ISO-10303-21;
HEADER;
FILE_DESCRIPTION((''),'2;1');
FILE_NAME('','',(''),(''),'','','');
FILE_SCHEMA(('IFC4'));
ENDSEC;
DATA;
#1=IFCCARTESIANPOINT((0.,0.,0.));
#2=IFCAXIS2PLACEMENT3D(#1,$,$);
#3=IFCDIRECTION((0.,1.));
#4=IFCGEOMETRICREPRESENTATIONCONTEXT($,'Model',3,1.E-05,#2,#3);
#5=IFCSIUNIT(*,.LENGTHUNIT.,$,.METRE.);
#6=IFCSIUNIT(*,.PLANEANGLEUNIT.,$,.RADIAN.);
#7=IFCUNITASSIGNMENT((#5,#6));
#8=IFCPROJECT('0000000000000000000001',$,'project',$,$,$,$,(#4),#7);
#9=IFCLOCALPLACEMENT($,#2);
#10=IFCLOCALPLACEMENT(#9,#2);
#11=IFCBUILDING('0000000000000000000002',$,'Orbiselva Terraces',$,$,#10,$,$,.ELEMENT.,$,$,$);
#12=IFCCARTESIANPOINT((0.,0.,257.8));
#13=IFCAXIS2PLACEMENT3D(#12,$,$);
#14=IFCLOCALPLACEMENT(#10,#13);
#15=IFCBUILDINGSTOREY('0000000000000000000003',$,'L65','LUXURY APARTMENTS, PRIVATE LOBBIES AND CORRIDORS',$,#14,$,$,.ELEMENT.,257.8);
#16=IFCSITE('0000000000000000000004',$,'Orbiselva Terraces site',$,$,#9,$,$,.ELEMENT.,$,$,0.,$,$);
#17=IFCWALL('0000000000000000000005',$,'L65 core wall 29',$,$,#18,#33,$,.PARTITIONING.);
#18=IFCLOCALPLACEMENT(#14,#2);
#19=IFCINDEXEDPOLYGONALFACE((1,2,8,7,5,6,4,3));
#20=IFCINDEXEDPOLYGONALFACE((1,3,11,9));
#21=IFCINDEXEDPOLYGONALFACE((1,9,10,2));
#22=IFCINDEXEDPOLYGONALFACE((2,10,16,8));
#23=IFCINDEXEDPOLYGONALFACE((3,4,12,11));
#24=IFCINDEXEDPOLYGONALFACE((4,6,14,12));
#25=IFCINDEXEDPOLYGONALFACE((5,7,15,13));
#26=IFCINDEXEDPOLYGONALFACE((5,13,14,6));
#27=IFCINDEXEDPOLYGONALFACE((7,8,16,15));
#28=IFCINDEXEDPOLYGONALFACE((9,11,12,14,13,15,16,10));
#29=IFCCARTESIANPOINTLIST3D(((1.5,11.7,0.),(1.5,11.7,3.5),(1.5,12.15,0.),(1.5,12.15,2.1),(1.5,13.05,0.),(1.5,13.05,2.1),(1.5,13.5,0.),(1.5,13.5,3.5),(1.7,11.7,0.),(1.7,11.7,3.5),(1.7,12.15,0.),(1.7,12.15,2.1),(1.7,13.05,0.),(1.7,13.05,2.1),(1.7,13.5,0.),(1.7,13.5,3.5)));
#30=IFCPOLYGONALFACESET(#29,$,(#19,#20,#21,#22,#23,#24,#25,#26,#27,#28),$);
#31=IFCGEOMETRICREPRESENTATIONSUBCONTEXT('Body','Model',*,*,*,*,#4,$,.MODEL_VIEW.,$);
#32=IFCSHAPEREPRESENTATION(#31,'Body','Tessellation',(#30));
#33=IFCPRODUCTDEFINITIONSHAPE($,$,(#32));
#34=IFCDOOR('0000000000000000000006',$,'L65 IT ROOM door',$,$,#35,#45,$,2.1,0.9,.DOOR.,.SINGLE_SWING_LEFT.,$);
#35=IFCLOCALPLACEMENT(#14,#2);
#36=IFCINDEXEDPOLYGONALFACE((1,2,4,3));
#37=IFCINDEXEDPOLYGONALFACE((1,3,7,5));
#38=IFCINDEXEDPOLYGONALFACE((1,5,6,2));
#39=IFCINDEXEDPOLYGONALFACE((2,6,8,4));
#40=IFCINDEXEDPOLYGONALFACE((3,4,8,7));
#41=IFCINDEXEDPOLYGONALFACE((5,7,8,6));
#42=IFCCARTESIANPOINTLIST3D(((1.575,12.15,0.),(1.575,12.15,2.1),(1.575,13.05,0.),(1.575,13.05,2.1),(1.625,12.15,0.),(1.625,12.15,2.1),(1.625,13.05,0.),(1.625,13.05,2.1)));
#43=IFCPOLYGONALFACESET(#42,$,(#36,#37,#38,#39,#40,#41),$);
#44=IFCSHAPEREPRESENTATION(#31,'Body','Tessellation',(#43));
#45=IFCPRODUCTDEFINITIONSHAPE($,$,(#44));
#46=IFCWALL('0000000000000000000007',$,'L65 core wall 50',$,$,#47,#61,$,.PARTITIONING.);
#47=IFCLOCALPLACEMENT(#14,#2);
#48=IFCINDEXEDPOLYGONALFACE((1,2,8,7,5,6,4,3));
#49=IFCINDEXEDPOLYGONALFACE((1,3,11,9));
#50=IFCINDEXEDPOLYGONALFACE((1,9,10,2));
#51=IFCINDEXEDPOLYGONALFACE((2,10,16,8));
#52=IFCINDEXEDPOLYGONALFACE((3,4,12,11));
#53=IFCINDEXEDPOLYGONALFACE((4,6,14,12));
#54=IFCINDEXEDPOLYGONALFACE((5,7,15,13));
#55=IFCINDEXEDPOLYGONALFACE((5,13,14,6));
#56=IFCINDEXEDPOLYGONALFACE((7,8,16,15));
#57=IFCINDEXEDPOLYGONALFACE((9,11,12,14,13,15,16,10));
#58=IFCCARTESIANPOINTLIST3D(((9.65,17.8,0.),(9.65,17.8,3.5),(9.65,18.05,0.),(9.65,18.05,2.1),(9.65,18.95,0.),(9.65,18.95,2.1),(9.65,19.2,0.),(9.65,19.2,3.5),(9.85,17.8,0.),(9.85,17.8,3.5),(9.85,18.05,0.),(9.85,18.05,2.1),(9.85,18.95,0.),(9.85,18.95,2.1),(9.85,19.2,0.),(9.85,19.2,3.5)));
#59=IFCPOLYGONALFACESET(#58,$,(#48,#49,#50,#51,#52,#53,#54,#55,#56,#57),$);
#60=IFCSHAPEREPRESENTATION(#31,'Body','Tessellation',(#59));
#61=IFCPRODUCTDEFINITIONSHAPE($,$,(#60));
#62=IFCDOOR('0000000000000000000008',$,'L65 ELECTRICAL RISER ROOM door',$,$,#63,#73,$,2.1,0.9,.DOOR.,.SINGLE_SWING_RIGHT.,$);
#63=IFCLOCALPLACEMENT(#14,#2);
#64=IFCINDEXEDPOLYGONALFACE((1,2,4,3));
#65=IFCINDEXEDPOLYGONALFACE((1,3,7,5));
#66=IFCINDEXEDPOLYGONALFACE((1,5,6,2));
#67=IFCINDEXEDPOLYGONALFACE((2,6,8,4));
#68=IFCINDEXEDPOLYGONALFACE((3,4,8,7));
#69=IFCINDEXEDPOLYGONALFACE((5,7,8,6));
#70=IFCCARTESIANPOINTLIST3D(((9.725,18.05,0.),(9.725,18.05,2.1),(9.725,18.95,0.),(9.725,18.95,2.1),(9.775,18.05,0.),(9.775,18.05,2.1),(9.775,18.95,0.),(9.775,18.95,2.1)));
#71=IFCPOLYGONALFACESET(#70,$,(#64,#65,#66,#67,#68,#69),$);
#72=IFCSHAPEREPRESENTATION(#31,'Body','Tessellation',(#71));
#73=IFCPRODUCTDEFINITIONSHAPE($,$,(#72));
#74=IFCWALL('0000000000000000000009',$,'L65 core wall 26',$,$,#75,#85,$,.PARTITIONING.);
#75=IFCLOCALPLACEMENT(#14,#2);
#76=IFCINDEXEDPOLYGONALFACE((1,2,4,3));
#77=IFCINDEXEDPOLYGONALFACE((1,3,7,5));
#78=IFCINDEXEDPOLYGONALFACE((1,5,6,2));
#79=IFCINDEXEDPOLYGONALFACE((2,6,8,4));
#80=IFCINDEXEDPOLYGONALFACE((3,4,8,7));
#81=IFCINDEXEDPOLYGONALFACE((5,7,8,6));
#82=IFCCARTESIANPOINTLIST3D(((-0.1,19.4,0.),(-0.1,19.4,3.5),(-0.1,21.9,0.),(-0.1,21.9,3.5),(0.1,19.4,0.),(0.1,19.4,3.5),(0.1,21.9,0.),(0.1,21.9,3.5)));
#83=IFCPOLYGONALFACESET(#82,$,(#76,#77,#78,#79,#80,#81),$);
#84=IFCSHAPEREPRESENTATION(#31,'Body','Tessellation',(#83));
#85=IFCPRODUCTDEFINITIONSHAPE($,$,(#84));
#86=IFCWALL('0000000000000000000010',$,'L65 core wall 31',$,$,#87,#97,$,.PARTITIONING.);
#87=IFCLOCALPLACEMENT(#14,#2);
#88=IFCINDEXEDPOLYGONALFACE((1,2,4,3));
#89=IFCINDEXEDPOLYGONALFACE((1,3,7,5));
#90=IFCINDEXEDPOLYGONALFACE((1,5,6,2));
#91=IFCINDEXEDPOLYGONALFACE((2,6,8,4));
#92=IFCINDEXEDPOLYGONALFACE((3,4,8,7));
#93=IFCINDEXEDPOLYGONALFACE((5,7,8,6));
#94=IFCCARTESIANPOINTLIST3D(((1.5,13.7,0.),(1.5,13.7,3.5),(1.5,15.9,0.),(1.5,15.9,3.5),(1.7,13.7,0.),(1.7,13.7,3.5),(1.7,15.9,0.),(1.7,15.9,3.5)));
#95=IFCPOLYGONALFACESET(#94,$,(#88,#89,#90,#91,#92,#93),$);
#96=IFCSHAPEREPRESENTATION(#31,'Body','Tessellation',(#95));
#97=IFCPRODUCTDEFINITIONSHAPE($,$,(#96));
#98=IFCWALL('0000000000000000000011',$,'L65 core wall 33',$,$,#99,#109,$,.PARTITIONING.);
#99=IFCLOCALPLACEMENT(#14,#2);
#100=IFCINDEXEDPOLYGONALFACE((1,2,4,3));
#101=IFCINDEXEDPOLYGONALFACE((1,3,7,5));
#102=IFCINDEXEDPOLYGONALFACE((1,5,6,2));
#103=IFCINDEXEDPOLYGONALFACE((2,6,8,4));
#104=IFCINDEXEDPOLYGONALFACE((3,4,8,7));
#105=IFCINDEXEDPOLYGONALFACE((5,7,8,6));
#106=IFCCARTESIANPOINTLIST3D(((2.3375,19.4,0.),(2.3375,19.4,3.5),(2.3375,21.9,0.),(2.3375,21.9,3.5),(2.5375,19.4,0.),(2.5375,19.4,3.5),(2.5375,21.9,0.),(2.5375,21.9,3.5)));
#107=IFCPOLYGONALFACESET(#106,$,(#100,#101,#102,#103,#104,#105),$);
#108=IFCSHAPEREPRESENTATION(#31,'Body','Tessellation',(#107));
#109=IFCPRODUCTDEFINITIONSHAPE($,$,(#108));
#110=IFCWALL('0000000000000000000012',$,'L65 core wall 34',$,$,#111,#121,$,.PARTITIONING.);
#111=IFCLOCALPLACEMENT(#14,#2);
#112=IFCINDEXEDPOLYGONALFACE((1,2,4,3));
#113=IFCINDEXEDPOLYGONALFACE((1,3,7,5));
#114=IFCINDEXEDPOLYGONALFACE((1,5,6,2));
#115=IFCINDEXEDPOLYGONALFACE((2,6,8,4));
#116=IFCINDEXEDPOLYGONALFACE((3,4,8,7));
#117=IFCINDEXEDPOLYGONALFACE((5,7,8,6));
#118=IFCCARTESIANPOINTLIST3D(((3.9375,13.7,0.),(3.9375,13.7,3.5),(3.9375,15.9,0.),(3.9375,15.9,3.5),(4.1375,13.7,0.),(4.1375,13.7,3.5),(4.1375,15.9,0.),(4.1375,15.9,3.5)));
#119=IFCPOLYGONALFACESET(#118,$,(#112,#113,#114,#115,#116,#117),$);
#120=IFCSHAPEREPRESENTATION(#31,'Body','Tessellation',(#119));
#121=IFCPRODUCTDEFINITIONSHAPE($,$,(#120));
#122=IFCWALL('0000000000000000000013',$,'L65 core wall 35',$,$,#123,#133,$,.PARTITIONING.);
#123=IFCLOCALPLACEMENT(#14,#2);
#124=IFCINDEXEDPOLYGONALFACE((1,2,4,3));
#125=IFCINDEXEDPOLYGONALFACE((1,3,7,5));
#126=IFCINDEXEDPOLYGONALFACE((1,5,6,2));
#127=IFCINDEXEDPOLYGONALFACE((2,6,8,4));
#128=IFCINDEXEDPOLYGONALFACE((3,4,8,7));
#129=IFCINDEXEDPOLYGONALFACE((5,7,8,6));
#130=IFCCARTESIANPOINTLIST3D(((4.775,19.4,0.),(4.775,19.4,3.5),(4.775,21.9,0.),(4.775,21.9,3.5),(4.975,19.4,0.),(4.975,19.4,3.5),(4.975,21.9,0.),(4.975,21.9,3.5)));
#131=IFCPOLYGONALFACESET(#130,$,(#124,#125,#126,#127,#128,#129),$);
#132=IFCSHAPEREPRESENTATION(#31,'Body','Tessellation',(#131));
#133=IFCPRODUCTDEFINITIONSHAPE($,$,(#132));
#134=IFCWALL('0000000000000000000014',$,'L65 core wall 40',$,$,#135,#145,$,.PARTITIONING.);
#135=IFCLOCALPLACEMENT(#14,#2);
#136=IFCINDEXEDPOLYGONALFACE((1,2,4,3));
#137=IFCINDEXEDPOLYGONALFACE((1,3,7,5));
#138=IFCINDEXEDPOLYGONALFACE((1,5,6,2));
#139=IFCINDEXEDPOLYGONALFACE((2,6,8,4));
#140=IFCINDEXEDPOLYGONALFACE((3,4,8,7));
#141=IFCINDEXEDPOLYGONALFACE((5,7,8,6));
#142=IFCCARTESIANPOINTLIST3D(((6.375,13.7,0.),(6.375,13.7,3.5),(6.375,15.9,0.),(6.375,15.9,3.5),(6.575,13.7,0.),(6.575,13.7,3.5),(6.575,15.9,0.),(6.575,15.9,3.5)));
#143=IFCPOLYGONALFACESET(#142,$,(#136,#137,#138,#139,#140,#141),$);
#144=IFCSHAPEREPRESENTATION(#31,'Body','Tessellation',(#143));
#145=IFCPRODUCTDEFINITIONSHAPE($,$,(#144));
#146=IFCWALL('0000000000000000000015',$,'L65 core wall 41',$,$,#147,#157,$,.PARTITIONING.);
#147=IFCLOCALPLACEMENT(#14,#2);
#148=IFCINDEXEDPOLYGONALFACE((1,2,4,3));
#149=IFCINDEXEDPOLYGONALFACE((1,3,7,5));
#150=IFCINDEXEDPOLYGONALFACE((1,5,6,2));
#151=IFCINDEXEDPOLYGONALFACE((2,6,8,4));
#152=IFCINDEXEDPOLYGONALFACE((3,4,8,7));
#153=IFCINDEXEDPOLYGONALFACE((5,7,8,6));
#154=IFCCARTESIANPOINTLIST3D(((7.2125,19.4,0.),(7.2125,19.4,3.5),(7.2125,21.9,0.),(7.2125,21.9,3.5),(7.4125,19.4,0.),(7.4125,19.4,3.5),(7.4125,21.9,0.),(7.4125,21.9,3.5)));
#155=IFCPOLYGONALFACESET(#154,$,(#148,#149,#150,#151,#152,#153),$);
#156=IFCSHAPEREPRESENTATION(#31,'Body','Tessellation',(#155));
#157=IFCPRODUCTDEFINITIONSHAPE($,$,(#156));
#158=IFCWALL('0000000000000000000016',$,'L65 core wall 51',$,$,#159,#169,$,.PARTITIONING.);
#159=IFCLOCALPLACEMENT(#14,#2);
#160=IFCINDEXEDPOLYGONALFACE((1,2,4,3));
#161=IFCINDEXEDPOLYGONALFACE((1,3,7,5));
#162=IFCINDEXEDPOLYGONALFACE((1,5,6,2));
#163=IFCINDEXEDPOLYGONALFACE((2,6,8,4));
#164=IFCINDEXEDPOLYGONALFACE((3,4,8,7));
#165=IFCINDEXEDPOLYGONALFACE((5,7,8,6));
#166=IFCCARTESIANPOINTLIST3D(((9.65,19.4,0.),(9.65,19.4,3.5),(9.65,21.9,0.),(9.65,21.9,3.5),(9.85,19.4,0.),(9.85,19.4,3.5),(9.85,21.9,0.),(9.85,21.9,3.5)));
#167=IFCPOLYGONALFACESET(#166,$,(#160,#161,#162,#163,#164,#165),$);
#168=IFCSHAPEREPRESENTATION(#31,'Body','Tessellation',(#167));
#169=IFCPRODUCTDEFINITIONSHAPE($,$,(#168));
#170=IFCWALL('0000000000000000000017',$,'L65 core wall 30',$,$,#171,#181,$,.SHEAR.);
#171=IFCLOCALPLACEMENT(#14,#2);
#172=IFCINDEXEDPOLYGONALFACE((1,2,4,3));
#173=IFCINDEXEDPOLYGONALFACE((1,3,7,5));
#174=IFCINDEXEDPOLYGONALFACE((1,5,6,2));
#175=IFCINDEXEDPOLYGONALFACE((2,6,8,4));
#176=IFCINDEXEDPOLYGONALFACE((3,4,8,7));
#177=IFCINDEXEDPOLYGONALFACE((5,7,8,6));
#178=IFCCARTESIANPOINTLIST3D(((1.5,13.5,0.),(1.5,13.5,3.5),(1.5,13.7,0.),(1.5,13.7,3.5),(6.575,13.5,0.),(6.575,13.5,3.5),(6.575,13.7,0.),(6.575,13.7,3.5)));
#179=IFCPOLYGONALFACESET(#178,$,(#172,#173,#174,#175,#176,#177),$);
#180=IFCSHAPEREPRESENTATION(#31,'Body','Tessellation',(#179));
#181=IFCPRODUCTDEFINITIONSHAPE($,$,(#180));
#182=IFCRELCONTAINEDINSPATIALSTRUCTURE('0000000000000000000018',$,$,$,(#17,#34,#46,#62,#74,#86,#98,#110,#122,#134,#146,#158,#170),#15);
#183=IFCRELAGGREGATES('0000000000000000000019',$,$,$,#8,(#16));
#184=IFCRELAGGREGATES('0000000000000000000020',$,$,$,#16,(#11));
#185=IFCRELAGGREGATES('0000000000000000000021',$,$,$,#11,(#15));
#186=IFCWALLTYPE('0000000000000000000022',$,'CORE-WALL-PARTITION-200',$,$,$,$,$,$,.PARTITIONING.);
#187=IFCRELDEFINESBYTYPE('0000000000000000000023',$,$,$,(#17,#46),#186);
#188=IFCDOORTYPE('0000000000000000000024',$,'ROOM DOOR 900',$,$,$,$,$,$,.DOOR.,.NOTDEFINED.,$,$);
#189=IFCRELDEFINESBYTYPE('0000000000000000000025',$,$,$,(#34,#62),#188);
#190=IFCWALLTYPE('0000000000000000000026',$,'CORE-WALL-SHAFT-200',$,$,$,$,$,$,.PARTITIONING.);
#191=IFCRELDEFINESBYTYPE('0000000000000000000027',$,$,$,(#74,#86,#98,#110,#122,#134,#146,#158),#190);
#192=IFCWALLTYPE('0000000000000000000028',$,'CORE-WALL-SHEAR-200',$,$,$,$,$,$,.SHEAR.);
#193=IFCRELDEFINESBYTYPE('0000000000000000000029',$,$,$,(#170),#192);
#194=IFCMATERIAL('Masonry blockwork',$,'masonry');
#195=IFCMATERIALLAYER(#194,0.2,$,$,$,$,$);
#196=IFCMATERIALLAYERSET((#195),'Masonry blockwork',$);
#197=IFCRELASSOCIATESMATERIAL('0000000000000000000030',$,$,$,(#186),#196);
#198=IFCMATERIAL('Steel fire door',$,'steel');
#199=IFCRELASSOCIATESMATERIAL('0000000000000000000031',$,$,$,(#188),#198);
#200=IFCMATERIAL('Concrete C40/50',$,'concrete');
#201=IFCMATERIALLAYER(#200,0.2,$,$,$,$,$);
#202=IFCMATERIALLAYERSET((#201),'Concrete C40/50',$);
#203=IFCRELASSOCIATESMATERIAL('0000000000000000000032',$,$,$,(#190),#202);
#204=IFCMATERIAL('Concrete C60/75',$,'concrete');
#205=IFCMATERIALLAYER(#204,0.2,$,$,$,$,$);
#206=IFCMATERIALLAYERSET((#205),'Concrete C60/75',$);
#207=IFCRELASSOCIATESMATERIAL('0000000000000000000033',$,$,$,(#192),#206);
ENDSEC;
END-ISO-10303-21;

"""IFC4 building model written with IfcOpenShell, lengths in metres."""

from ifc_helpers import new_model, si_unit, direction, frame, frame_2d, origin, place, context, subcontext, project, spatial, rectangle, extrude, material, layer, layer_set, type_object, element, fill, save


model = new_model("IFC4")

# Units and contexts
model_context = context("Model", 3, precision=1e-05, world=origin(), true_north=direction((0.0, 1.0)))
body_context = subcontext(model_context, "Body", "Model", "MODEL_VIEW")
ifc_project = project(units=[si_unit("LENGTHUNIT", "METRE"), si_unit("PLANEANGLEUNIT", "RADIAN")], contexts=[model_context])

# Site, building, storey
site_placement = place(None, origin())
site = spatial("IfcSite", under=ifc_project, at=site_placement, Name="Orbiselva Terraces site", CompositionType="ELEMENT", RefElevation=0.0)
building_placement = place(site_placement, origin())
building = spatial("IfcBuilding", under=site, at=building_placement, Name="Orbiselva Terraces", CompositionType="ELEMENT")
storey_placement = place(building_placement, frame((0.0, 0.0, 257.8)))
storey = spatial("IfcBuildingStorey", under=building, at=storey_placement, Name="L65", Description="LUXURY APARTMENTS, PRIVATE LOBBIES AND CORRIDORS", CompositionType="ELEMENT", Elevation=257.8)

# Walls, openings, doors
ifc_material_1 = material(Name="Masonry blockwork", Category="masonry")
ifc_layer_1 = layer(ifc_material_1, 0.2)
ifc_layer_set_1 = layer_set([ifc_layer_1], Name="Masonry blockwork")
wall_type_1 = type_object("IfcWallType", Name="CORE-WALL-PARTITION-200", PredefinedType="PARTITIONING", material=ifc_layer_set_1)
wall_1_placement = place(storey_placement, frame((1.6, 13.5, 0.0), z_axis=(0.0, 0.0, 1.0), x_axis=(0.0, -1.0, 0.0)))
wall_1 = element("IfcWall", 1, at=wall_1_placement, inside=storey, type_object=wall_type_1, Name="L65 core wall 29", PredefinedType="PARTITIONING", context=body_context, shape_type="SweptSolid", body=[
    extrude(rectangle(XDim=1.8, YDim=0.2, at=frame_2d((0.9, 0.0))), origin(), (0.0, 0.0, 1.0), 3.5),
])
opening_1_placement = place(wall_1_placement, frame((0.45, 0.0, 0.0)))
opening_1 = element("IfcOpeningElement", 2, at=opening_1_placement, cuts=wall_1, PredefinedType="OPENING", context=body_context, shape_type="SweptSolid", body=[
    extrude(rectangle(XDim=0.9, YDim=2.1, at=frame_2d((0.45, 1.05))), frame((0.0, 0.11, 0.0), z_axis=(0.0, -1.0, 0.0), x_axis=(1.0, 0.0, 0.0)), (0.0, 0.0, 1.0), 0.22),
])
ifc_material_2 = material(Name="Steel fire door", Category="steel")
door_type_1 = type_object("IfcDoorType", Name="ROOM DOOR 900", OperationType="NOTDEFINED", PredefinedType="DOOR", material=ifc_material_2)
door_1_placement = place(opening_1_placement, origin())
door_1 = element("IfcDoor", 3, at=door_1_placement, inside=storey, type_object=door_type_1, Name="L65 IT ROOM door", OperationType="SINGLE_SWING_LEFT", OverallHeight=2.1, OverallWidth=0.9, PredefinedType="DOOR", context=body_context, shape_type="SweptSolid", body=[
    extrude(rectangle(XDim=0.9, YDim=2.1, at=frame_2d((0.45, 1.05))), frame((0.0, 0.025, 0.0), z_axis=(0.0, -1.0, 0.0), x_axis=(1.0, 0.0, 0.0)), (0.0, 0.0, 1.0), 0.05),
])
fill(opening_1, door_1)
wall_2_placement = place(storey_placement, frame((9.75, 19.2, 0.0), z_axis=(0.0, 0.0, 1.0), x_axis=(0.0, -1.0, 0.0)))
wall_2 = element("IfcWall", 4, at=wall_2_placement, inside=storey, type_object=wall_type_1, Name="L65 core wall 50", PredefinedType="PARTITIONING", context=body_context, shape_type="SweptSolid", body=[
    extrude(rectangle(XDim=1.4, YDim=0.2, at=frame_2d((0.7, 0.0))), origin(), (0.0, 0.0, 1.0), 3.5),
])
opening_2_placement = place(wall_2_placement, frame((0.25, 0.0, 0.0)))
opening_2 = element("IfcOpeningElement", 5, at=opening_2_placement, cuts=wall_2, PredefinedType="OPENING", context=body_context, shape_type="SweptSolid", body=[
    extrude(rectangle(XDim=0.9, YDim=2.1, at=frame_2d((0.45, 1.05))), frame((0.0, 0.11, 0.0), z_axis=(0.0, -1.0, 0.0), x_axis=(1.0, 0.0, 0.0)), (0.0, 0.0, 1.0), 0.22),
])
door_2_placement = place(opening_2_placement, origin())
door_2 = element("IfcDoor", 6, at=door_2_placement, inside=storey, type_object=door_type_1, Name="L65 ELECTRICAL RISER ROOM door", OperationType="SINGLE_SWING_RIGHT", OverallHeight=2.1, OverallWidth=0.9, PredefinedType="DOOR", context=body_context, shape_type="SweptSolid", body=[
    extrude(rectangle(XDim=0.9, YDim=2.1, at=frame_2d((0.45, 1.05))), frame((0.0, 0.025, 0.0), z_axis=(0.0, -1.0, 0.0), x_axis=(1.0, 0.0, 0.0)), (0.0, 0.0, 1.0), 0.05),
])
fill(opening_2, door_2)

# Walls
ifc_material_3 = material(Name="Concrete C40/50", Category="concrete")
ifc_layer_2 = layer(ifc_material_3, 0.2)
ifc_layer_set_2 = layer_set([ifc_layer_2], Name="Concrete C40/50")
wall_type_2 = type_object("IfcWallType", Name="CORE-WALL-SHAFT-200", PredefinedType="PARTITIONING", material=ifc_layer_set_2)
wall_3_placement = place(storey_placement, frame((0.0, 19.4, 0.0), z_axis=(0.0, 0.0, 1.0), x_axis=(0.0, 1.0, 0.0)))
element("IfcWall", 7, at=wall_3_placement, inside=storey, type_object=wall_type_2, Name="L65 core wall 26", PredefinedType="PARTITIONING", context=body_context, shape_type="SweptSolid", body=[
    extrude(rectangle(XDim=2.5, YDim=0.2, at=frame_2d((1.25, 0.0))), origin(), (0.0, 0.0, 1.0), 3.5),
])
wall_4_placement = place(storey_placement, frame((1.6, 13.7, 0.0), z_axis=(0.0, 0.0, 1.0), x_axis=(0.0, 1.0, 0.0)))
element("IfcWall", 8, at=wall_4_placement, inside=storey, type_object=wall_type_2, Name="L65 core wall 31", PredefinedType="PARTITIONING", context=body_context, shape_type="SweptSolid", body=[
    extrude(rectangle(XDim=2.2, YDim=0.2, at=frame_2d((1.1, 0.0))), origin(), (0.0, 0.0, 1.0), 3.5),
])
wall_5_placement = place(storey_placement, frame((2.4375, 19.4, 0.0), z_axis=(0.0, 0.0, 1.0), x_axis=(0.0, 1.0, 0.0)))
element("IfcWall", 9, at=wall_5_placement, inside=storey, type_object=wall_type_2, Name="L65 core wall 33", PredefinedType="PARTITIONING", context=body_context, shape_type="SweptSolid", body=[
    extrude(rectangle(XDim=2.5, YDim=0.2, at=frame_2d((1.25, 0.0))), origin(), (0.0, 0.0, 1.0), 3.5),
])
wall_6_placement = place(storey_placement, frame((4.0375, 13.7, 0.0), z_axis=(0.0, 0.0, 1.0), x_axis=(0.0, 1.0, 0.0)))
element("IfcWall", 10, at=wall_6_placement, inside=storey, type_object=wall_type_2, Name="L65 core wall 34", PredefinedType="PARTITIONING", context=body_context, shape_type="SweptSolid", body=[
    extrude(rectangle(XDim=2.2, YDim=0.2, at=frame_2d((1.1, 0.0))), origin(), (0.0, 0.0, 1.0), 3.5),
])
wall_7_placement = place(storey_placement, frame((4.875, 19.4, 0.0), z_axis=(0.0, 0.0, 1.0), x_axis=(0.0, 1.0, 0.0)))
element("IfcWall", 11, at=wall_7_placement, inside=storey, type_object=wall_type_2, Name="L65 core wall 35", PredefinedType="PARTITIONING", context=body_context, shape_type="SweptSolid", body=[
    extrude(rectangle(XDim=2.5, YDim=0.2, at=frame_2d((1.25, 0.0))), origin(), (0.0, 0.0, 1.0), 3.5),
])
wall_8_placement = place(storey_placement, frame((6.475, 13.7, 0.0), z_axis=(0.0, 0.0, 1.0), x_axis=(0.0, 1.0, 0.0)))
element("IfcWall", 12, at=wall_8_placement, inside=storey, type_object=wall_type_2, Name="L65 core wall 40", PredefinedType="PARTITIONING", context=body_context, shape_type="SweptSolid", body=[
    extrude(rectangle(XDim=2.2, YDim=0.2, at=frame_2d((1.1, 0.0))), origin(), (0.0, 0.0, 1.0), 3.5),
])
for number, where, z_axis, x_axis, name in (
    (13, (7.3125, 19.4, 0.0), (0.0, 0.0, 1.0), (0.0, 1.0, 0.0), "L65 core wall 41"),
    (14, (9.75, 19.4, 0.0), (0.0, 0.0, 1.0), (0.0, 1.0, 0.0), "L65 core wall 51"),
):
    element("IfcWall", number, at=place(storey_placement, frame(where, z_axis=z_axis, x_axis=x_axis)), inside=storey, type_object=wall_type_2, Name=name, PredefinedType="PARTITIONING", context=body_context, shape_type="SweptSolid", body=[
        extrude(rectangle(XDim=2.5, YDim=0.2, at=frame_2d((1.25, 0.0))), origin(), (0.0, 0.0, 1.0), 3.5),
    ])
ifc_material_4 = material(Name="Concrete C60/75", Category="concrete")
ifc_layer_3 = layer(ifc_material_4, 0.2)
ifc_layer_set_3 = layer_set([ifc_layer_3], Name="Concrete C60/75")
wall_type_3 = type_object("IfcWallType", Name="CORE-WALL-SHEAR-200", PredefinedType="SHEAR", material=ifc_layer_set_3)
wall_9_placement = place(storey_placement, frame((1.5, 13.6, 0.0), z_axis=(0.0, 0.0, 1.0), x_axis=(1.0, 0.0, 0.0)))
element("IfcWall", 15, at=wall_9_placement, inside=storey, type_object=wall_type_3, Name="L65 core wall 30", PredefinedType="SHEAR", context=body_context, shape_type="SweptSolid", body=[
    extrude(rectangle(XDim=5.075, YDim=0.2, at=frame_2d((2.5375, 0.0))), origin(), (0.0, 0.0, 1.0), 3.5),
])

save(model, "model.ifc")
